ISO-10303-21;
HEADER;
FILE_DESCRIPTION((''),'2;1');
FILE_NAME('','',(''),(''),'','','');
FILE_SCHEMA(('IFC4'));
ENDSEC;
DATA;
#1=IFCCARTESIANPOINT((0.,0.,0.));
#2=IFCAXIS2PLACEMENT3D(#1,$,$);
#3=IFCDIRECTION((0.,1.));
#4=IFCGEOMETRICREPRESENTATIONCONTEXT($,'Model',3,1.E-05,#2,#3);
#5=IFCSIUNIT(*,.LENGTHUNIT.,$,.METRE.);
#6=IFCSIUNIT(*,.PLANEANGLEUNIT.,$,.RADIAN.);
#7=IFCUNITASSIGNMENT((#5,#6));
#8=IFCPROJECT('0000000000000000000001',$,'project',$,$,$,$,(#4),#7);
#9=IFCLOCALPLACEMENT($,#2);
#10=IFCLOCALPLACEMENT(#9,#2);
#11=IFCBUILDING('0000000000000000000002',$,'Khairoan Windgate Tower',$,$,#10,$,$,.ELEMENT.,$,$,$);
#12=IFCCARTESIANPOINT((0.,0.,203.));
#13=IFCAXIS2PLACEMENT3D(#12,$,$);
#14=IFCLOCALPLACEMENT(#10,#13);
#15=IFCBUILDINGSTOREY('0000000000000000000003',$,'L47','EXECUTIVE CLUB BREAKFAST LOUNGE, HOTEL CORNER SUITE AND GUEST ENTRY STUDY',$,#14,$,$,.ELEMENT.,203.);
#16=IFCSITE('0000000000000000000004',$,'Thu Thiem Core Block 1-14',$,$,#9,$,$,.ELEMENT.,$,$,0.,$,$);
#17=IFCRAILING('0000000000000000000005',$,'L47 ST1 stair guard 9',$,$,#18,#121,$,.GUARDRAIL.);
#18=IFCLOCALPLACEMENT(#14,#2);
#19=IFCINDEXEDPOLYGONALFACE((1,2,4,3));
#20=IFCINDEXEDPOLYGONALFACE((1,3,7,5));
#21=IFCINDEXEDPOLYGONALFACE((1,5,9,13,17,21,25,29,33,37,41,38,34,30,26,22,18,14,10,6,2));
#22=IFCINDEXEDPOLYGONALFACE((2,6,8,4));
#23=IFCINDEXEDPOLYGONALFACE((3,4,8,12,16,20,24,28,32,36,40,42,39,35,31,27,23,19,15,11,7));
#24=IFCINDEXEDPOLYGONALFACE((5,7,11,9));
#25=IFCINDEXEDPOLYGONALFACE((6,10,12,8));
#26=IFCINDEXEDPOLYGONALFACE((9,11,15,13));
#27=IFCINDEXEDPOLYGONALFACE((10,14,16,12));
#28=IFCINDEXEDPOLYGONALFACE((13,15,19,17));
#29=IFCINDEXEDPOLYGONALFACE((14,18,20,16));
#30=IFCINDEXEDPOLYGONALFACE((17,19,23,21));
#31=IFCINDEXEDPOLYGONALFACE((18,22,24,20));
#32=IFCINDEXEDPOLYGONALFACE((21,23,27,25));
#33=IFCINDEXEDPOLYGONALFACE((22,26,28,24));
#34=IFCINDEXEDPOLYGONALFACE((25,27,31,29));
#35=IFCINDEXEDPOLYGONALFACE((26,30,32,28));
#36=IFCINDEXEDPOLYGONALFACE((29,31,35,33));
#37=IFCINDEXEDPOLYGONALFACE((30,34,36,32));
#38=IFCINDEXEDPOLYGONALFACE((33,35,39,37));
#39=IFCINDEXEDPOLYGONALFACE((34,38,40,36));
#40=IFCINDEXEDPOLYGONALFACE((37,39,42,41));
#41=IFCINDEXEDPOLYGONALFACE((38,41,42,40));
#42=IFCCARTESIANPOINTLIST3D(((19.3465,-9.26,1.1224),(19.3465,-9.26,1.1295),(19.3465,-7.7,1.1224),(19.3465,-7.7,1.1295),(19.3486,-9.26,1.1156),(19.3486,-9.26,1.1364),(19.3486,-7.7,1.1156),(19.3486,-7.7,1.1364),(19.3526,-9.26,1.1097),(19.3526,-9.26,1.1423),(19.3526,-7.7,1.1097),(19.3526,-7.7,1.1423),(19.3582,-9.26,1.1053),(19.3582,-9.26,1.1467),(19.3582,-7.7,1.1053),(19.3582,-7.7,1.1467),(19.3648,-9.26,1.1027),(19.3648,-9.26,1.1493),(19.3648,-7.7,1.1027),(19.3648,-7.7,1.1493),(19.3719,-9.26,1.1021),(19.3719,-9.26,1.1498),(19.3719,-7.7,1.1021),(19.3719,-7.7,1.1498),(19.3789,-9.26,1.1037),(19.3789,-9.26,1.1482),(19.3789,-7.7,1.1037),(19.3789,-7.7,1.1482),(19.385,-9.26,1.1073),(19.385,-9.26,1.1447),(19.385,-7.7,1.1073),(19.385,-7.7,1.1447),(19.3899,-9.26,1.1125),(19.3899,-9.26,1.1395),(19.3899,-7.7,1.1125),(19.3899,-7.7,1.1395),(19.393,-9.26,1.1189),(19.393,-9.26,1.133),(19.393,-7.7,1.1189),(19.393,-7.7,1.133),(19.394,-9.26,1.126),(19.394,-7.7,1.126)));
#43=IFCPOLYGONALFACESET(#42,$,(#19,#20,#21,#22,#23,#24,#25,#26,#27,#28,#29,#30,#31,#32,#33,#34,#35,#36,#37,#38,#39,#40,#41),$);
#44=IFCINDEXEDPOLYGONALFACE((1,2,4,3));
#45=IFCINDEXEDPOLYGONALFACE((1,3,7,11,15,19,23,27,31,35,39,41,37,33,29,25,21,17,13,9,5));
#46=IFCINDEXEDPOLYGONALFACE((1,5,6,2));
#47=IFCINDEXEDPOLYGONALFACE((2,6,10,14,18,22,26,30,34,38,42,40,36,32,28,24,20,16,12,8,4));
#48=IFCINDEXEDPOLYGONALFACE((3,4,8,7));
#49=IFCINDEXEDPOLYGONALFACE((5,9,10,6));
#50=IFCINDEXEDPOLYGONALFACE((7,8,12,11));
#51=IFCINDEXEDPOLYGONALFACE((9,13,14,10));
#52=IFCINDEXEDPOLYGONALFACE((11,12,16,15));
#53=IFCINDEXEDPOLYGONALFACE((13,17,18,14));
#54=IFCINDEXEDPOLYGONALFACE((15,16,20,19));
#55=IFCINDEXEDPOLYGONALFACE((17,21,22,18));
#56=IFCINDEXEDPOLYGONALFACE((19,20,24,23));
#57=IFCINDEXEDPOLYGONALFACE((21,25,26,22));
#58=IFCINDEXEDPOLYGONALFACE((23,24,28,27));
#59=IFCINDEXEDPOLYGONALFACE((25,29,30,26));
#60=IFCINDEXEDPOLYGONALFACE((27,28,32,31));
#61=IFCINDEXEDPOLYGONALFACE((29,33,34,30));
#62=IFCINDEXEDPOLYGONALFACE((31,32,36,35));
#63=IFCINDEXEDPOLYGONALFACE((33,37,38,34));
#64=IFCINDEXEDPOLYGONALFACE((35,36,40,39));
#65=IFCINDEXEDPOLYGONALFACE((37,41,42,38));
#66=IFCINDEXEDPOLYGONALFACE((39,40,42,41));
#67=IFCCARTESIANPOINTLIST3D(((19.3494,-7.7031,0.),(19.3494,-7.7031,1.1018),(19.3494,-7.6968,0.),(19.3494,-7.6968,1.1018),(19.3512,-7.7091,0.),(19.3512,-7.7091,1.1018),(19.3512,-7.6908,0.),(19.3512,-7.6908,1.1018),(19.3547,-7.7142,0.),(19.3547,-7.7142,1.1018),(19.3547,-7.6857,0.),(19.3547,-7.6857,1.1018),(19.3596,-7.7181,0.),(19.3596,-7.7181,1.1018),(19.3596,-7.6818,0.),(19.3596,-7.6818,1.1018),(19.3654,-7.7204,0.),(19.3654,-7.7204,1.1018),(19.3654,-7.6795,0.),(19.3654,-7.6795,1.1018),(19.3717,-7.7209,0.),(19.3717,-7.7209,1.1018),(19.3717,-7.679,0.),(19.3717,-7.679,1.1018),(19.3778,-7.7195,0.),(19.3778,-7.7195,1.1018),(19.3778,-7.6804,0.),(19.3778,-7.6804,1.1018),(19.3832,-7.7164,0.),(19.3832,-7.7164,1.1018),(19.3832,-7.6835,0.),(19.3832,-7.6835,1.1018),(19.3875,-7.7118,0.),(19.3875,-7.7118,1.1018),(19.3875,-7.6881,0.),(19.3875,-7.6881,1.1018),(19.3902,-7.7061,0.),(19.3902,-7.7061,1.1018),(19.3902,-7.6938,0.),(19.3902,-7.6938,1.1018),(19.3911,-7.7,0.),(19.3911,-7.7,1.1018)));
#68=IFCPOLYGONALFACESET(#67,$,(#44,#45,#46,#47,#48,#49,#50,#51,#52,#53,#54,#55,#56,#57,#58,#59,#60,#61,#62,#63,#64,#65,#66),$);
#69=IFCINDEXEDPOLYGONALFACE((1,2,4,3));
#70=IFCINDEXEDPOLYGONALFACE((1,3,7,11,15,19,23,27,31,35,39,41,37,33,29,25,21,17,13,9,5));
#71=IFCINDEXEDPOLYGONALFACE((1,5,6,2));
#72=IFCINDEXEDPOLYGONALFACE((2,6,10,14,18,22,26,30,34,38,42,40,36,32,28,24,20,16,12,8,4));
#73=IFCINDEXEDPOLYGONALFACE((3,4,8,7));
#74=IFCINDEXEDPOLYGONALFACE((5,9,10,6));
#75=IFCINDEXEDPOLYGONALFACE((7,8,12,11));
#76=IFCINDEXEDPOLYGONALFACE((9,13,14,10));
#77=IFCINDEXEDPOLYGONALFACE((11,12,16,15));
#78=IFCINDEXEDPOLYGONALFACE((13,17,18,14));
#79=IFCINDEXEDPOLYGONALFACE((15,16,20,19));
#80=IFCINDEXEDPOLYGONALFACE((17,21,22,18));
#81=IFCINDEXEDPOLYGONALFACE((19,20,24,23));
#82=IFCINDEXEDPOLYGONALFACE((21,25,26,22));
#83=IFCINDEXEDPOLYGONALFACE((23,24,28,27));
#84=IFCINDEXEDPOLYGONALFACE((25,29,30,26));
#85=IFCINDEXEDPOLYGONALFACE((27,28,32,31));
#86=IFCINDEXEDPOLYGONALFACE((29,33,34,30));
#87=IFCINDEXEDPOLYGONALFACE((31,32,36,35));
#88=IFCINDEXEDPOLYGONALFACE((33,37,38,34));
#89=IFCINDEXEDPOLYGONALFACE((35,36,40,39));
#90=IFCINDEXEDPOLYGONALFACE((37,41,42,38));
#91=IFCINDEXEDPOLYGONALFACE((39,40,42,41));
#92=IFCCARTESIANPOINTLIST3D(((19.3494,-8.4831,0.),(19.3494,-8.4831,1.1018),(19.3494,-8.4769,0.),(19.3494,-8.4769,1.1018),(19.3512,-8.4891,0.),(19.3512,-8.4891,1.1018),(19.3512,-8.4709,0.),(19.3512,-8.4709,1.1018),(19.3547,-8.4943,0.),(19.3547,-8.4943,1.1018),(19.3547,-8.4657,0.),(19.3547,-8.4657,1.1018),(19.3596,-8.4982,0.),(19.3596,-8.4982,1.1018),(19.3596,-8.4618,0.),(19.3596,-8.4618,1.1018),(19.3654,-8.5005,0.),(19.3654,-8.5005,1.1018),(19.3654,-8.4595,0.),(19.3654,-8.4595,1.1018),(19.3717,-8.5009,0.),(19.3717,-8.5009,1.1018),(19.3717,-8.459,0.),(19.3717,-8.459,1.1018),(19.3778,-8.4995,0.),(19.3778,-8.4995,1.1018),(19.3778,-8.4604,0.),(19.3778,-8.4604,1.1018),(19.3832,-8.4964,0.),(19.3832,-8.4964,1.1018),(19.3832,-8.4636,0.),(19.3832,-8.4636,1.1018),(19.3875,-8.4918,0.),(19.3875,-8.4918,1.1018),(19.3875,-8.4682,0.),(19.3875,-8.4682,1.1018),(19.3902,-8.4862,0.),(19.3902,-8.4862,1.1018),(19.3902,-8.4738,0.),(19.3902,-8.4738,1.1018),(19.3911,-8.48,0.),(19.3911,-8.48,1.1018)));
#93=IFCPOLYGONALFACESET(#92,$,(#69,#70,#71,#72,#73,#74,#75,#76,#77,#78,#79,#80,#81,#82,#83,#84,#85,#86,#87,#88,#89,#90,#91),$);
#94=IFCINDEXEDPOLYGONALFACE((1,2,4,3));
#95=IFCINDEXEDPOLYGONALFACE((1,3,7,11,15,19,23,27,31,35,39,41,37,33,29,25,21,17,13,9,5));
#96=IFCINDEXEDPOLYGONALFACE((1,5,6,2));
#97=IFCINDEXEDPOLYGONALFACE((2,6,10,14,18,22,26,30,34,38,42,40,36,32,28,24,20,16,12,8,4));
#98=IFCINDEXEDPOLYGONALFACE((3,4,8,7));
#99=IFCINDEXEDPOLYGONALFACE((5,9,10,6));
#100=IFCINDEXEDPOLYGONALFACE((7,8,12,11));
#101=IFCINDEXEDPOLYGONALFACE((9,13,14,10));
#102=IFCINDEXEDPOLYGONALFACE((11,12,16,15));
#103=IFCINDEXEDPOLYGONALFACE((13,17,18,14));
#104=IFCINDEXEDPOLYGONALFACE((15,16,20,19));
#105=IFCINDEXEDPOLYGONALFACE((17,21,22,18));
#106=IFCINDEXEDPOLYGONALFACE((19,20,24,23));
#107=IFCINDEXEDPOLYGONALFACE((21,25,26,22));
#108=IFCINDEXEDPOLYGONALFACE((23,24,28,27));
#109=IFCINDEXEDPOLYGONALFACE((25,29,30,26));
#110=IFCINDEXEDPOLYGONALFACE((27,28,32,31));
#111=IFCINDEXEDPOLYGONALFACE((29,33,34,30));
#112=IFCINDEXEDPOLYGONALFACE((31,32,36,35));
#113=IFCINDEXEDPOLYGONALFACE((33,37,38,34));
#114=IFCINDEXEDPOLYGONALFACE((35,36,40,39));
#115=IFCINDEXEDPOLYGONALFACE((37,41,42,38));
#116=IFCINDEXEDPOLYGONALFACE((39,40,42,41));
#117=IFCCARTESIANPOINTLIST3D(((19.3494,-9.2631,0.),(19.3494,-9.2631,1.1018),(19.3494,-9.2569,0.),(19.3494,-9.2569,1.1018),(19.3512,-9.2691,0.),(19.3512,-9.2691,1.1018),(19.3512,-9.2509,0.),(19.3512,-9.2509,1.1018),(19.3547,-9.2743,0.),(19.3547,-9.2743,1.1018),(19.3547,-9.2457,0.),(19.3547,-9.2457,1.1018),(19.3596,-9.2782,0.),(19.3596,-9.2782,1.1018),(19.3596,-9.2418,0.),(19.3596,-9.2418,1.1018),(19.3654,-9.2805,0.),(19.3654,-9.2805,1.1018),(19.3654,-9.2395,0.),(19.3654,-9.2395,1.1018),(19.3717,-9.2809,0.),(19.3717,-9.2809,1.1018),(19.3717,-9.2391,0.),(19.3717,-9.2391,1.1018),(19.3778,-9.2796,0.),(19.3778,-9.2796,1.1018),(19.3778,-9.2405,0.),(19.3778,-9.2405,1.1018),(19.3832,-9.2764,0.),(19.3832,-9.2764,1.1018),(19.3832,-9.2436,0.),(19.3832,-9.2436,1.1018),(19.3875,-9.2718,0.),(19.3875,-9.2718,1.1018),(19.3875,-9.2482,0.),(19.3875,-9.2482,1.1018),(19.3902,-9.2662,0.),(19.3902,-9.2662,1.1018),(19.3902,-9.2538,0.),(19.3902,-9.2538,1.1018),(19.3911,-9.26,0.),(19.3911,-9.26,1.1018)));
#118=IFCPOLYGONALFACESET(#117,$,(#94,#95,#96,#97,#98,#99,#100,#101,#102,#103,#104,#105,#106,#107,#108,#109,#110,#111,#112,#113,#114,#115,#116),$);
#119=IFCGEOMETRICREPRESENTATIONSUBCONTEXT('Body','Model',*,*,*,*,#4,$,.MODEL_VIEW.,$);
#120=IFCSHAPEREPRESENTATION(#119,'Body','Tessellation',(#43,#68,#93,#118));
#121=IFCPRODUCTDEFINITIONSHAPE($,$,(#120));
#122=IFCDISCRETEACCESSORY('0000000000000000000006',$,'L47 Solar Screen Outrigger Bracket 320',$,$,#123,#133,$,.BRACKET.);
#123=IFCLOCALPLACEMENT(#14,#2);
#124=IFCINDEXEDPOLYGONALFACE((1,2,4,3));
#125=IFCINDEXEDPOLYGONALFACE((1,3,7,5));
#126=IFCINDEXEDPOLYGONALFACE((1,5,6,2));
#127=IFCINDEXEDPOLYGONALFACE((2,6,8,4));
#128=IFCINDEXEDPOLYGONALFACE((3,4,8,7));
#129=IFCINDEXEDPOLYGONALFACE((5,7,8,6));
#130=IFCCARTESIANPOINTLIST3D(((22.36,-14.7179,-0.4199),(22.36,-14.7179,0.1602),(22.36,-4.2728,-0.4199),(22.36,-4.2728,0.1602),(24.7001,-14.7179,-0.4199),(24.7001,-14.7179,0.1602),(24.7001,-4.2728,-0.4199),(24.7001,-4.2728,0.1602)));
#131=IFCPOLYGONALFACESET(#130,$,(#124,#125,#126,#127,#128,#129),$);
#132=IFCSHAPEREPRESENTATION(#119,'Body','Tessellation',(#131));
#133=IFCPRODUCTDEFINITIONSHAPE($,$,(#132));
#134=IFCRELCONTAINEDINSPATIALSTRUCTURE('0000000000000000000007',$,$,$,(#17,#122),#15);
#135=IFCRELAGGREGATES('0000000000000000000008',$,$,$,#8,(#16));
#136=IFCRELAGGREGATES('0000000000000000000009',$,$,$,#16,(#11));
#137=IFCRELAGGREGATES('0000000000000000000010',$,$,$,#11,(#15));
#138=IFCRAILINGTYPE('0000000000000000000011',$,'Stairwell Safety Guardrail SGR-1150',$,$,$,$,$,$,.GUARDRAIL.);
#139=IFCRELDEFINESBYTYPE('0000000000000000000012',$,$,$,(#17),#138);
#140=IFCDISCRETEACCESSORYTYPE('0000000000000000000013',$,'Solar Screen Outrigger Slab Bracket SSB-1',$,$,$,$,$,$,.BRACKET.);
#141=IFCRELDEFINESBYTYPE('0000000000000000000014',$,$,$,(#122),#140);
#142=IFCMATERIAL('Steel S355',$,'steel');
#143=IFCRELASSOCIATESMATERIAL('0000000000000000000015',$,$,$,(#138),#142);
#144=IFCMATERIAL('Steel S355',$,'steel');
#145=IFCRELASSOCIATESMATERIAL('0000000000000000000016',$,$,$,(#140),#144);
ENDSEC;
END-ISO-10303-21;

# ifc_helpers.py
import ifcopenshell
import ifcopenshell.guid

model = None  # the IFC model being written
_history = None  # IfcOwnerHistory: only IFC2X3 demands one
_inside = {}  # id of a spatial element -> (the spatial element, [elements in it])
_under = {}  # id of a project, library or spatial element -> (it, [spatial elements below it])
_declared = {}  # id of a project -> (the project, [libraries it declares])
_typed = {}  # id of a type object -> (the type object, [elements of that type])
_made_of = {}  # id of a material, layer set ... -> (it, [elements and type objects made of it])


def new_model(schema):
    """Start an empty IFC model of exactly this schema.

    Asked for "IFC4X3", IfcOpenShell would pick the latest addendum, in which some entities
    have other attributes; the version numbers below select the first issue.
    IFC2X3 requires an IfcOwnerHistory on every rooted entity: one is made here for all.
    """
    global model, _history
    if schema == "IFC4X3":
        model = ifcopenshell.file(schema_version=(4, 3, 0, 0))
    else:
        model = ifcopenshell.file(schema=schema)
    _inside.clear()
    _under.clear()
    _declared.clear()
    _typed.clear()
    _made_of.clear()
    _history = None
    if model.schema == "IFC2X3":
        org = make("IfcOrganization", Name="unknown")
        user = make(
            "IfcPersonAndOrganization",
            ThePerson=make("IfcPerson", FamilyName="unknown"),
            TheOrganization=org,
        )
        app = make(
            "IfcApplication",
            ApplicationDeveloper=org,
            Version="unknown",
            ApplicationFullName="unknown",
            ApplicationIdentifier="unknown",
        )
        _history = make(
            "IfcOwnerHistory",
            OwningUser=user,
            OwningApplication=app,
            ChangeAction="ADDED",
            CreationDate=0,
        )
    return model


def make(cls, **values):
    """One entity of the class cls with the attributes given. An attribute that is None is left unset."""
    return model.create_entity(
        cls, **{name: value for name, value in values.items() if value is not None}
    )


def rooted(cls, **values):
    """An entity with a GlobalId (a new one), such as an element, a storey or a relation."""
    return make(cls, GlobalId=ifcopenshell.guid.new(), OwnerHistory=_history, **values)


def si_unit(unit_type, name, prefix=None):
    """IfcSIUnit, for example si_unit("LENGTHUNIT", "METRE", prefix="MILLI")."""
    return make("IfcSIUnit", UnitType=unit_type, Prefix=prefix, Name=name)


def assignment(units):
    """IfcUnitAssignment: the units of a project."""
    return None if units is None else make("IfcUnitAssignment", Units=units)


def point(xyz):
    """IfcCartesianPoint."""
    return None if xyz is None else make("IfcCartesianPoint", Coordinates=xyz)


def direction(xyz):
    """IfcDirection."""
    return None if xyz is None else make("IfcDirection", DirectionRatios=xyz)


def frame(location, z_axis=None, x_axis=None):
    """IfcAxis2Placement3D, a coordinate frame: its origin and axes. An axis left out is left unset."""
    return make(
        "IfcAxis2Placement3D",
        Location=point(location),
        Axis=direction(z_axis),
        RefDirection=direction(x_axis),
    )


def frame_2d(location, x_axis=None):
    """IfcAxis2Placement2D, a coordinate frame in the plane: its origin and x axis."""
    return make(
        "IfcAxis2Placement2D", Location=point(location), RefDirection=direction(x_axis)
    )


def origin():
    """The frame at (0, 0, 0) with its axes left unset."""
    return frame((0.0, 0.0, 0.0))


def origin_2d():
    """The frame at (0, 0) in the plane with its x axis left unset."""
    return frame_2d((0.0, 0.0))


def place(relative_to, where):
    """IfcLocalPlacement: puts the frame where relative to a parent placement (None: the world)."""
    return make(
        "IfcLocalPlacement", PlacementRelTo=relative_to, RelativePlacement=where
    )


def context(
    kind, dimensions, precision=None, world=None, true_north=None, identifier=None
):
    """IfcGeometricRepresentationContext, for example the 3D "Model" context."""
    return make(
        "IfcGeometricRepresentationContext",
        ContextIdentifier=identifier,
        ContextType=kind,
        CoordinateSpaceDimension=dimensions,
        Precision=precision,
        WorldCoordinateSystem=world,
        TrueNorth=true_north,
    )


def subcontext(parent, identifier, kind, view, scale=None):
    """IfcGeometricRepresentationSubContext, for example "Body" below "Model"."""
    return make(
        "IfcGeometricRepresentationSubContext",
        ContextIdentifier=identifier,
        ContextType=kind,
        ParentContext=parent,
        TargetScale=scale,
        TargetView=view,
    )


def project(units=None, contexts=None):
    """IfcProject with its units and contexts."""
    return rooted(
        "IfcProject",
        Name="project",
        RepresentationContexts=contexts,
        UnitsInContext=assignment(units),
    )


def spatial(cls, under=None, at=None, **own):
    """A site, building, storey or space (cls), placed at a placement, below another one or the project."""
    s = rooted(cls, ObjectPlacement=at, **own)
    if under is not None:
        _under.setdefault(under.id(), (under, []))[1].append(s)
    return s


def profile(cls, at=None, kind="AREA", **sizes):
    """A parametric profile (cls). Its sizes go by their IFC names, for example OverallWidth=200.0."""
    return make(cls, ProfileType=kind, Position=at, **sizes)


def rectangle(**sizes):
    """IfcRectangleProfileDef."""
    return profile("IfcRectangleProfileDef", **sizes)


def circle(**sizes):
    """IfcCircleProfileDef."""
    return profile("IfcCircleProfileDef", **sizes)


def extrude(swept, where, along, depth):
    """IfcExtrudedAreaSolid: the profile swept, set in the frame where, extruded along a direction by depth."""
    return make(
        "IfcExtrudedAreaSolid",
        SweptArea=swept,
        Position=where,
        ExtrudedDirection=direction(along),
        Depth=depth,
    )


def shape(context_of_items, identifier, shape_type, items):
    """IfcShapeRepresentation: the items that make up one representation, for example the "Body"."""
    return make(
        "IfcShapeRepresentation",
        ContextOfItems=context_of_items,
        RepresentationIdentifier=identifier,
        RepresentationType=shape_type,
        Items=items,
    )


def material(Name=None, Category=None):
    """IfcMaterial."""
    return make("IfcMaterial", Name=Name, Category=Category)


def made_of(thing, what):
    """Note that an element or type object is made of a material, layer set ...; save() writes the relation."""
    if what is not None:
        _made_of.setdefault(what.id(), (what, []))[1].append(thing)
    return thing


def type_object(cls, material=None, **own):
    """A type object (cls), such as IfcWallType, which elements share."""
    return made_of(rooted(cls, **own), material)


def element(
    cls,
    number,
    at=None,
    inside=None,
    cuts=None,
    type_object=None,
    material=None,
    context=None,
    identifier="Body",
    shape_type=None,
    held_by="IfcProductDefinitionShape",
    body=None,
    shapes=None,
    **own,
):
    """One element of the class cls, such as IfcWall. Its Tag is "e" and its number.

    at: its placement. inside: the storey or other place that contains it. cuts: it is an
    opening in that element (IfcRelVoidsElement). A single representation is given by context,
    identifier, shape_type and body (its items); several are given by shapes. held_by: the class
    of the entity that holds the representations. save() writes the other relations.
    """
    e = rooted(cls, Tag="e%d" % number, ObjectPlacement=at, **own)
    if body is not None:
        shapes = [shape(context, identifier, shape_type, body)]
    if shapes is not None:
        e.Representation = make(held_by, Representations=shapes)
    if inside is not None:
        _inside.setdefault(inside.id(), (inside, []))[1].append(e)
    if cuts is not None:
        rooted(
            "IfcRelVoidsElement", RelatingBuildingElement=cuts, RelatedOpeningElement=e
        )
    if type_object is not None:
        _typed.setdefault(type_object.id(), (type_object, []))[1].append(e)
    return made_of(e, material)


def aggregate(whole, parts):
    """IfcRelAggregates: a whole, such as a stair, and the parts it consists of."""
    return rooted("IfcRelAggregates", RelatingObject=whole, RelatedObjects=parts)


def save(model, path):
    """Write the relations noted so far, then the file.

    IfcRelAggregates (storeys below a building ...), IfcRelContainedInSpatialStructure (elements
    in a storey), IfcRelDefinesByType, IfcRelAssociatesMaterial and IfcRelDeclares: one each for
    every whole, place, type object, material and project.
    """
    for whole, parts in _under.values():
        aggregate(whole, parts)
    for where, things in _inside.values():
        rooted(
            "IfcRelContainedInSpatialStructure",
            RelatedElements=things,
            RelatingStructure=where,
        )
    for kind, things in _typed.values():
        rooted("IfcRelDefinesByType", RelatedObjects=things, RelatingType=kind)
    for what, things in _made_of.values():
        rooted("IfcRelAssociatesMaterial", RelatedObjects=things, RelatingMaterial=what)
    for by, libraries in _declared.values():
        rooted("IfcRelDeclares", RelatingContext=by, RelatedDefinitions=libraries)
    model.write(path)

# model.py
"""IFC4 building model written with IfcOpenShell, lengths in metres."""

from ifc_helpers import new_model, si_unit, direction, frame, origin, origin_2d, place, context, subcontext, project, spatial, rectangle, circle, extrude, material, type_object, element, save


model = new_model("IFC4")

# Units and contexts
model_context = context("Model", 3, precision=1e-05, world=origin(), true_north=direction((0.0, 1.0)))
body_context = subcontext(model_context, "Body", "Model", "MODEL_VIEW")
ifc_project = project(units=[si_unit("LENGTHUNIT", "METRE"), si_unit("PLANEANGLEUNIT", "RADIAN")], contexts=[model_context])

# Site, building, storey
site_placement = place(None, origin())
site = spatial("IfcSite", under=ifc_project, at=site_placement, Name="Thu Thiem Core Block 1-14", CompositionType="ELEMENT", RefElevation=0.0)
building_placement = place(site_placement, origin())
building = spatial("IfcBuilding", under=site, at=building_placement, Name="Khairoan Windgate Tower", CompositionType="ELEMENT")
storey_placement = place(building_placement, frame((0.0, 0.0, 203.0)))
storey = spatial("IfcBuildingStorey", under=building, at=storey_placement, Name="L47", Description="EXECUTIVE CLUB BREAKFAST LOUNGE, HOTEL CORNER SUITE AND GUEST ENTRY STUDY", CompositionType="ELEMENT", Elevation=203.0)

# Railing
ifc_material_1 = material(Name="Steel S355", Category="steel")
railing_type_1 = type_object("IfcRailingType", Name="Stairwell Safety Guardrail SGR-1150", PredefinedType="GUARDRAIL", material=ifc_material_1)
for number, where, name in (
    (1, (19.3701, -7.7, 0.0), "L47 ST1 stair guard 9"),
):
    element("IfcRailing", number, at=place(storey_placement, frame(where)), inside=storey, type_object=railing_type_1, Name=name, PredefinedType="GUARDRAIL", context=body_context, shape_type="SweptSolid", body=[
        extrude(circle(Radius=0.0239, at=origin_2d()), frame((0.0, 0.0, 1.126), z_axis=(0.0, -1.0, 0.0), x_axis=(1.0, 0.0, 0.0)), (0.0, 0.0, 1.0), 1.5601),
        extrude(circle(Radius=0.021, at=origin_2d()), origin(), (0.0, 0.0, 1.0), 1.1018),
        extrude(circle(Radius=0.021, at=origin_2d()), frame((0.0, -0.78, 0.0)), (0.0, 0.0, 1.0), 1.1018),
        extrude(circle(Radius=0.021, at=origin_2d()), frame((0.0, -1.5601, 0.0)), (0.0, 0.0, 1.0), 1.1018),
    ])

# Discrete accessory
ifc_material_2 = material(Name="Steel S355", Category="steel")
discrete_accessory_type = type_object("IfcDiscreteAccessoryType", Name="Solar Screen Outrigger Slab Bracket SSB-1", PredefinedType="BRACKET", material=ifc_material_2)
discrete_accessory_placement = place(storey_placement, frame((23.53, -9.4954, -0.4199), z_axis=(0.0, 0.0, 1.0), x_axis=(0.0, -1.0, 0.0)))
element("IfcDiscreteAccessory", 2, at=discrete_accessory_placement, inside=storey, type_object=discrete_accessory_type, Name="L47 Solar Screen Outrigger Bracket 320", PredefinedType="BRACKET", context=body_context, shape_type="SweptSolid", body=[
    extrude(rectangle(XDim=10.4451, YDim=2.3401, at=origin_2d()), origin(), (0.0, 0.0, 1.0), 0.5801),
])

save(model, "model.ifc")
